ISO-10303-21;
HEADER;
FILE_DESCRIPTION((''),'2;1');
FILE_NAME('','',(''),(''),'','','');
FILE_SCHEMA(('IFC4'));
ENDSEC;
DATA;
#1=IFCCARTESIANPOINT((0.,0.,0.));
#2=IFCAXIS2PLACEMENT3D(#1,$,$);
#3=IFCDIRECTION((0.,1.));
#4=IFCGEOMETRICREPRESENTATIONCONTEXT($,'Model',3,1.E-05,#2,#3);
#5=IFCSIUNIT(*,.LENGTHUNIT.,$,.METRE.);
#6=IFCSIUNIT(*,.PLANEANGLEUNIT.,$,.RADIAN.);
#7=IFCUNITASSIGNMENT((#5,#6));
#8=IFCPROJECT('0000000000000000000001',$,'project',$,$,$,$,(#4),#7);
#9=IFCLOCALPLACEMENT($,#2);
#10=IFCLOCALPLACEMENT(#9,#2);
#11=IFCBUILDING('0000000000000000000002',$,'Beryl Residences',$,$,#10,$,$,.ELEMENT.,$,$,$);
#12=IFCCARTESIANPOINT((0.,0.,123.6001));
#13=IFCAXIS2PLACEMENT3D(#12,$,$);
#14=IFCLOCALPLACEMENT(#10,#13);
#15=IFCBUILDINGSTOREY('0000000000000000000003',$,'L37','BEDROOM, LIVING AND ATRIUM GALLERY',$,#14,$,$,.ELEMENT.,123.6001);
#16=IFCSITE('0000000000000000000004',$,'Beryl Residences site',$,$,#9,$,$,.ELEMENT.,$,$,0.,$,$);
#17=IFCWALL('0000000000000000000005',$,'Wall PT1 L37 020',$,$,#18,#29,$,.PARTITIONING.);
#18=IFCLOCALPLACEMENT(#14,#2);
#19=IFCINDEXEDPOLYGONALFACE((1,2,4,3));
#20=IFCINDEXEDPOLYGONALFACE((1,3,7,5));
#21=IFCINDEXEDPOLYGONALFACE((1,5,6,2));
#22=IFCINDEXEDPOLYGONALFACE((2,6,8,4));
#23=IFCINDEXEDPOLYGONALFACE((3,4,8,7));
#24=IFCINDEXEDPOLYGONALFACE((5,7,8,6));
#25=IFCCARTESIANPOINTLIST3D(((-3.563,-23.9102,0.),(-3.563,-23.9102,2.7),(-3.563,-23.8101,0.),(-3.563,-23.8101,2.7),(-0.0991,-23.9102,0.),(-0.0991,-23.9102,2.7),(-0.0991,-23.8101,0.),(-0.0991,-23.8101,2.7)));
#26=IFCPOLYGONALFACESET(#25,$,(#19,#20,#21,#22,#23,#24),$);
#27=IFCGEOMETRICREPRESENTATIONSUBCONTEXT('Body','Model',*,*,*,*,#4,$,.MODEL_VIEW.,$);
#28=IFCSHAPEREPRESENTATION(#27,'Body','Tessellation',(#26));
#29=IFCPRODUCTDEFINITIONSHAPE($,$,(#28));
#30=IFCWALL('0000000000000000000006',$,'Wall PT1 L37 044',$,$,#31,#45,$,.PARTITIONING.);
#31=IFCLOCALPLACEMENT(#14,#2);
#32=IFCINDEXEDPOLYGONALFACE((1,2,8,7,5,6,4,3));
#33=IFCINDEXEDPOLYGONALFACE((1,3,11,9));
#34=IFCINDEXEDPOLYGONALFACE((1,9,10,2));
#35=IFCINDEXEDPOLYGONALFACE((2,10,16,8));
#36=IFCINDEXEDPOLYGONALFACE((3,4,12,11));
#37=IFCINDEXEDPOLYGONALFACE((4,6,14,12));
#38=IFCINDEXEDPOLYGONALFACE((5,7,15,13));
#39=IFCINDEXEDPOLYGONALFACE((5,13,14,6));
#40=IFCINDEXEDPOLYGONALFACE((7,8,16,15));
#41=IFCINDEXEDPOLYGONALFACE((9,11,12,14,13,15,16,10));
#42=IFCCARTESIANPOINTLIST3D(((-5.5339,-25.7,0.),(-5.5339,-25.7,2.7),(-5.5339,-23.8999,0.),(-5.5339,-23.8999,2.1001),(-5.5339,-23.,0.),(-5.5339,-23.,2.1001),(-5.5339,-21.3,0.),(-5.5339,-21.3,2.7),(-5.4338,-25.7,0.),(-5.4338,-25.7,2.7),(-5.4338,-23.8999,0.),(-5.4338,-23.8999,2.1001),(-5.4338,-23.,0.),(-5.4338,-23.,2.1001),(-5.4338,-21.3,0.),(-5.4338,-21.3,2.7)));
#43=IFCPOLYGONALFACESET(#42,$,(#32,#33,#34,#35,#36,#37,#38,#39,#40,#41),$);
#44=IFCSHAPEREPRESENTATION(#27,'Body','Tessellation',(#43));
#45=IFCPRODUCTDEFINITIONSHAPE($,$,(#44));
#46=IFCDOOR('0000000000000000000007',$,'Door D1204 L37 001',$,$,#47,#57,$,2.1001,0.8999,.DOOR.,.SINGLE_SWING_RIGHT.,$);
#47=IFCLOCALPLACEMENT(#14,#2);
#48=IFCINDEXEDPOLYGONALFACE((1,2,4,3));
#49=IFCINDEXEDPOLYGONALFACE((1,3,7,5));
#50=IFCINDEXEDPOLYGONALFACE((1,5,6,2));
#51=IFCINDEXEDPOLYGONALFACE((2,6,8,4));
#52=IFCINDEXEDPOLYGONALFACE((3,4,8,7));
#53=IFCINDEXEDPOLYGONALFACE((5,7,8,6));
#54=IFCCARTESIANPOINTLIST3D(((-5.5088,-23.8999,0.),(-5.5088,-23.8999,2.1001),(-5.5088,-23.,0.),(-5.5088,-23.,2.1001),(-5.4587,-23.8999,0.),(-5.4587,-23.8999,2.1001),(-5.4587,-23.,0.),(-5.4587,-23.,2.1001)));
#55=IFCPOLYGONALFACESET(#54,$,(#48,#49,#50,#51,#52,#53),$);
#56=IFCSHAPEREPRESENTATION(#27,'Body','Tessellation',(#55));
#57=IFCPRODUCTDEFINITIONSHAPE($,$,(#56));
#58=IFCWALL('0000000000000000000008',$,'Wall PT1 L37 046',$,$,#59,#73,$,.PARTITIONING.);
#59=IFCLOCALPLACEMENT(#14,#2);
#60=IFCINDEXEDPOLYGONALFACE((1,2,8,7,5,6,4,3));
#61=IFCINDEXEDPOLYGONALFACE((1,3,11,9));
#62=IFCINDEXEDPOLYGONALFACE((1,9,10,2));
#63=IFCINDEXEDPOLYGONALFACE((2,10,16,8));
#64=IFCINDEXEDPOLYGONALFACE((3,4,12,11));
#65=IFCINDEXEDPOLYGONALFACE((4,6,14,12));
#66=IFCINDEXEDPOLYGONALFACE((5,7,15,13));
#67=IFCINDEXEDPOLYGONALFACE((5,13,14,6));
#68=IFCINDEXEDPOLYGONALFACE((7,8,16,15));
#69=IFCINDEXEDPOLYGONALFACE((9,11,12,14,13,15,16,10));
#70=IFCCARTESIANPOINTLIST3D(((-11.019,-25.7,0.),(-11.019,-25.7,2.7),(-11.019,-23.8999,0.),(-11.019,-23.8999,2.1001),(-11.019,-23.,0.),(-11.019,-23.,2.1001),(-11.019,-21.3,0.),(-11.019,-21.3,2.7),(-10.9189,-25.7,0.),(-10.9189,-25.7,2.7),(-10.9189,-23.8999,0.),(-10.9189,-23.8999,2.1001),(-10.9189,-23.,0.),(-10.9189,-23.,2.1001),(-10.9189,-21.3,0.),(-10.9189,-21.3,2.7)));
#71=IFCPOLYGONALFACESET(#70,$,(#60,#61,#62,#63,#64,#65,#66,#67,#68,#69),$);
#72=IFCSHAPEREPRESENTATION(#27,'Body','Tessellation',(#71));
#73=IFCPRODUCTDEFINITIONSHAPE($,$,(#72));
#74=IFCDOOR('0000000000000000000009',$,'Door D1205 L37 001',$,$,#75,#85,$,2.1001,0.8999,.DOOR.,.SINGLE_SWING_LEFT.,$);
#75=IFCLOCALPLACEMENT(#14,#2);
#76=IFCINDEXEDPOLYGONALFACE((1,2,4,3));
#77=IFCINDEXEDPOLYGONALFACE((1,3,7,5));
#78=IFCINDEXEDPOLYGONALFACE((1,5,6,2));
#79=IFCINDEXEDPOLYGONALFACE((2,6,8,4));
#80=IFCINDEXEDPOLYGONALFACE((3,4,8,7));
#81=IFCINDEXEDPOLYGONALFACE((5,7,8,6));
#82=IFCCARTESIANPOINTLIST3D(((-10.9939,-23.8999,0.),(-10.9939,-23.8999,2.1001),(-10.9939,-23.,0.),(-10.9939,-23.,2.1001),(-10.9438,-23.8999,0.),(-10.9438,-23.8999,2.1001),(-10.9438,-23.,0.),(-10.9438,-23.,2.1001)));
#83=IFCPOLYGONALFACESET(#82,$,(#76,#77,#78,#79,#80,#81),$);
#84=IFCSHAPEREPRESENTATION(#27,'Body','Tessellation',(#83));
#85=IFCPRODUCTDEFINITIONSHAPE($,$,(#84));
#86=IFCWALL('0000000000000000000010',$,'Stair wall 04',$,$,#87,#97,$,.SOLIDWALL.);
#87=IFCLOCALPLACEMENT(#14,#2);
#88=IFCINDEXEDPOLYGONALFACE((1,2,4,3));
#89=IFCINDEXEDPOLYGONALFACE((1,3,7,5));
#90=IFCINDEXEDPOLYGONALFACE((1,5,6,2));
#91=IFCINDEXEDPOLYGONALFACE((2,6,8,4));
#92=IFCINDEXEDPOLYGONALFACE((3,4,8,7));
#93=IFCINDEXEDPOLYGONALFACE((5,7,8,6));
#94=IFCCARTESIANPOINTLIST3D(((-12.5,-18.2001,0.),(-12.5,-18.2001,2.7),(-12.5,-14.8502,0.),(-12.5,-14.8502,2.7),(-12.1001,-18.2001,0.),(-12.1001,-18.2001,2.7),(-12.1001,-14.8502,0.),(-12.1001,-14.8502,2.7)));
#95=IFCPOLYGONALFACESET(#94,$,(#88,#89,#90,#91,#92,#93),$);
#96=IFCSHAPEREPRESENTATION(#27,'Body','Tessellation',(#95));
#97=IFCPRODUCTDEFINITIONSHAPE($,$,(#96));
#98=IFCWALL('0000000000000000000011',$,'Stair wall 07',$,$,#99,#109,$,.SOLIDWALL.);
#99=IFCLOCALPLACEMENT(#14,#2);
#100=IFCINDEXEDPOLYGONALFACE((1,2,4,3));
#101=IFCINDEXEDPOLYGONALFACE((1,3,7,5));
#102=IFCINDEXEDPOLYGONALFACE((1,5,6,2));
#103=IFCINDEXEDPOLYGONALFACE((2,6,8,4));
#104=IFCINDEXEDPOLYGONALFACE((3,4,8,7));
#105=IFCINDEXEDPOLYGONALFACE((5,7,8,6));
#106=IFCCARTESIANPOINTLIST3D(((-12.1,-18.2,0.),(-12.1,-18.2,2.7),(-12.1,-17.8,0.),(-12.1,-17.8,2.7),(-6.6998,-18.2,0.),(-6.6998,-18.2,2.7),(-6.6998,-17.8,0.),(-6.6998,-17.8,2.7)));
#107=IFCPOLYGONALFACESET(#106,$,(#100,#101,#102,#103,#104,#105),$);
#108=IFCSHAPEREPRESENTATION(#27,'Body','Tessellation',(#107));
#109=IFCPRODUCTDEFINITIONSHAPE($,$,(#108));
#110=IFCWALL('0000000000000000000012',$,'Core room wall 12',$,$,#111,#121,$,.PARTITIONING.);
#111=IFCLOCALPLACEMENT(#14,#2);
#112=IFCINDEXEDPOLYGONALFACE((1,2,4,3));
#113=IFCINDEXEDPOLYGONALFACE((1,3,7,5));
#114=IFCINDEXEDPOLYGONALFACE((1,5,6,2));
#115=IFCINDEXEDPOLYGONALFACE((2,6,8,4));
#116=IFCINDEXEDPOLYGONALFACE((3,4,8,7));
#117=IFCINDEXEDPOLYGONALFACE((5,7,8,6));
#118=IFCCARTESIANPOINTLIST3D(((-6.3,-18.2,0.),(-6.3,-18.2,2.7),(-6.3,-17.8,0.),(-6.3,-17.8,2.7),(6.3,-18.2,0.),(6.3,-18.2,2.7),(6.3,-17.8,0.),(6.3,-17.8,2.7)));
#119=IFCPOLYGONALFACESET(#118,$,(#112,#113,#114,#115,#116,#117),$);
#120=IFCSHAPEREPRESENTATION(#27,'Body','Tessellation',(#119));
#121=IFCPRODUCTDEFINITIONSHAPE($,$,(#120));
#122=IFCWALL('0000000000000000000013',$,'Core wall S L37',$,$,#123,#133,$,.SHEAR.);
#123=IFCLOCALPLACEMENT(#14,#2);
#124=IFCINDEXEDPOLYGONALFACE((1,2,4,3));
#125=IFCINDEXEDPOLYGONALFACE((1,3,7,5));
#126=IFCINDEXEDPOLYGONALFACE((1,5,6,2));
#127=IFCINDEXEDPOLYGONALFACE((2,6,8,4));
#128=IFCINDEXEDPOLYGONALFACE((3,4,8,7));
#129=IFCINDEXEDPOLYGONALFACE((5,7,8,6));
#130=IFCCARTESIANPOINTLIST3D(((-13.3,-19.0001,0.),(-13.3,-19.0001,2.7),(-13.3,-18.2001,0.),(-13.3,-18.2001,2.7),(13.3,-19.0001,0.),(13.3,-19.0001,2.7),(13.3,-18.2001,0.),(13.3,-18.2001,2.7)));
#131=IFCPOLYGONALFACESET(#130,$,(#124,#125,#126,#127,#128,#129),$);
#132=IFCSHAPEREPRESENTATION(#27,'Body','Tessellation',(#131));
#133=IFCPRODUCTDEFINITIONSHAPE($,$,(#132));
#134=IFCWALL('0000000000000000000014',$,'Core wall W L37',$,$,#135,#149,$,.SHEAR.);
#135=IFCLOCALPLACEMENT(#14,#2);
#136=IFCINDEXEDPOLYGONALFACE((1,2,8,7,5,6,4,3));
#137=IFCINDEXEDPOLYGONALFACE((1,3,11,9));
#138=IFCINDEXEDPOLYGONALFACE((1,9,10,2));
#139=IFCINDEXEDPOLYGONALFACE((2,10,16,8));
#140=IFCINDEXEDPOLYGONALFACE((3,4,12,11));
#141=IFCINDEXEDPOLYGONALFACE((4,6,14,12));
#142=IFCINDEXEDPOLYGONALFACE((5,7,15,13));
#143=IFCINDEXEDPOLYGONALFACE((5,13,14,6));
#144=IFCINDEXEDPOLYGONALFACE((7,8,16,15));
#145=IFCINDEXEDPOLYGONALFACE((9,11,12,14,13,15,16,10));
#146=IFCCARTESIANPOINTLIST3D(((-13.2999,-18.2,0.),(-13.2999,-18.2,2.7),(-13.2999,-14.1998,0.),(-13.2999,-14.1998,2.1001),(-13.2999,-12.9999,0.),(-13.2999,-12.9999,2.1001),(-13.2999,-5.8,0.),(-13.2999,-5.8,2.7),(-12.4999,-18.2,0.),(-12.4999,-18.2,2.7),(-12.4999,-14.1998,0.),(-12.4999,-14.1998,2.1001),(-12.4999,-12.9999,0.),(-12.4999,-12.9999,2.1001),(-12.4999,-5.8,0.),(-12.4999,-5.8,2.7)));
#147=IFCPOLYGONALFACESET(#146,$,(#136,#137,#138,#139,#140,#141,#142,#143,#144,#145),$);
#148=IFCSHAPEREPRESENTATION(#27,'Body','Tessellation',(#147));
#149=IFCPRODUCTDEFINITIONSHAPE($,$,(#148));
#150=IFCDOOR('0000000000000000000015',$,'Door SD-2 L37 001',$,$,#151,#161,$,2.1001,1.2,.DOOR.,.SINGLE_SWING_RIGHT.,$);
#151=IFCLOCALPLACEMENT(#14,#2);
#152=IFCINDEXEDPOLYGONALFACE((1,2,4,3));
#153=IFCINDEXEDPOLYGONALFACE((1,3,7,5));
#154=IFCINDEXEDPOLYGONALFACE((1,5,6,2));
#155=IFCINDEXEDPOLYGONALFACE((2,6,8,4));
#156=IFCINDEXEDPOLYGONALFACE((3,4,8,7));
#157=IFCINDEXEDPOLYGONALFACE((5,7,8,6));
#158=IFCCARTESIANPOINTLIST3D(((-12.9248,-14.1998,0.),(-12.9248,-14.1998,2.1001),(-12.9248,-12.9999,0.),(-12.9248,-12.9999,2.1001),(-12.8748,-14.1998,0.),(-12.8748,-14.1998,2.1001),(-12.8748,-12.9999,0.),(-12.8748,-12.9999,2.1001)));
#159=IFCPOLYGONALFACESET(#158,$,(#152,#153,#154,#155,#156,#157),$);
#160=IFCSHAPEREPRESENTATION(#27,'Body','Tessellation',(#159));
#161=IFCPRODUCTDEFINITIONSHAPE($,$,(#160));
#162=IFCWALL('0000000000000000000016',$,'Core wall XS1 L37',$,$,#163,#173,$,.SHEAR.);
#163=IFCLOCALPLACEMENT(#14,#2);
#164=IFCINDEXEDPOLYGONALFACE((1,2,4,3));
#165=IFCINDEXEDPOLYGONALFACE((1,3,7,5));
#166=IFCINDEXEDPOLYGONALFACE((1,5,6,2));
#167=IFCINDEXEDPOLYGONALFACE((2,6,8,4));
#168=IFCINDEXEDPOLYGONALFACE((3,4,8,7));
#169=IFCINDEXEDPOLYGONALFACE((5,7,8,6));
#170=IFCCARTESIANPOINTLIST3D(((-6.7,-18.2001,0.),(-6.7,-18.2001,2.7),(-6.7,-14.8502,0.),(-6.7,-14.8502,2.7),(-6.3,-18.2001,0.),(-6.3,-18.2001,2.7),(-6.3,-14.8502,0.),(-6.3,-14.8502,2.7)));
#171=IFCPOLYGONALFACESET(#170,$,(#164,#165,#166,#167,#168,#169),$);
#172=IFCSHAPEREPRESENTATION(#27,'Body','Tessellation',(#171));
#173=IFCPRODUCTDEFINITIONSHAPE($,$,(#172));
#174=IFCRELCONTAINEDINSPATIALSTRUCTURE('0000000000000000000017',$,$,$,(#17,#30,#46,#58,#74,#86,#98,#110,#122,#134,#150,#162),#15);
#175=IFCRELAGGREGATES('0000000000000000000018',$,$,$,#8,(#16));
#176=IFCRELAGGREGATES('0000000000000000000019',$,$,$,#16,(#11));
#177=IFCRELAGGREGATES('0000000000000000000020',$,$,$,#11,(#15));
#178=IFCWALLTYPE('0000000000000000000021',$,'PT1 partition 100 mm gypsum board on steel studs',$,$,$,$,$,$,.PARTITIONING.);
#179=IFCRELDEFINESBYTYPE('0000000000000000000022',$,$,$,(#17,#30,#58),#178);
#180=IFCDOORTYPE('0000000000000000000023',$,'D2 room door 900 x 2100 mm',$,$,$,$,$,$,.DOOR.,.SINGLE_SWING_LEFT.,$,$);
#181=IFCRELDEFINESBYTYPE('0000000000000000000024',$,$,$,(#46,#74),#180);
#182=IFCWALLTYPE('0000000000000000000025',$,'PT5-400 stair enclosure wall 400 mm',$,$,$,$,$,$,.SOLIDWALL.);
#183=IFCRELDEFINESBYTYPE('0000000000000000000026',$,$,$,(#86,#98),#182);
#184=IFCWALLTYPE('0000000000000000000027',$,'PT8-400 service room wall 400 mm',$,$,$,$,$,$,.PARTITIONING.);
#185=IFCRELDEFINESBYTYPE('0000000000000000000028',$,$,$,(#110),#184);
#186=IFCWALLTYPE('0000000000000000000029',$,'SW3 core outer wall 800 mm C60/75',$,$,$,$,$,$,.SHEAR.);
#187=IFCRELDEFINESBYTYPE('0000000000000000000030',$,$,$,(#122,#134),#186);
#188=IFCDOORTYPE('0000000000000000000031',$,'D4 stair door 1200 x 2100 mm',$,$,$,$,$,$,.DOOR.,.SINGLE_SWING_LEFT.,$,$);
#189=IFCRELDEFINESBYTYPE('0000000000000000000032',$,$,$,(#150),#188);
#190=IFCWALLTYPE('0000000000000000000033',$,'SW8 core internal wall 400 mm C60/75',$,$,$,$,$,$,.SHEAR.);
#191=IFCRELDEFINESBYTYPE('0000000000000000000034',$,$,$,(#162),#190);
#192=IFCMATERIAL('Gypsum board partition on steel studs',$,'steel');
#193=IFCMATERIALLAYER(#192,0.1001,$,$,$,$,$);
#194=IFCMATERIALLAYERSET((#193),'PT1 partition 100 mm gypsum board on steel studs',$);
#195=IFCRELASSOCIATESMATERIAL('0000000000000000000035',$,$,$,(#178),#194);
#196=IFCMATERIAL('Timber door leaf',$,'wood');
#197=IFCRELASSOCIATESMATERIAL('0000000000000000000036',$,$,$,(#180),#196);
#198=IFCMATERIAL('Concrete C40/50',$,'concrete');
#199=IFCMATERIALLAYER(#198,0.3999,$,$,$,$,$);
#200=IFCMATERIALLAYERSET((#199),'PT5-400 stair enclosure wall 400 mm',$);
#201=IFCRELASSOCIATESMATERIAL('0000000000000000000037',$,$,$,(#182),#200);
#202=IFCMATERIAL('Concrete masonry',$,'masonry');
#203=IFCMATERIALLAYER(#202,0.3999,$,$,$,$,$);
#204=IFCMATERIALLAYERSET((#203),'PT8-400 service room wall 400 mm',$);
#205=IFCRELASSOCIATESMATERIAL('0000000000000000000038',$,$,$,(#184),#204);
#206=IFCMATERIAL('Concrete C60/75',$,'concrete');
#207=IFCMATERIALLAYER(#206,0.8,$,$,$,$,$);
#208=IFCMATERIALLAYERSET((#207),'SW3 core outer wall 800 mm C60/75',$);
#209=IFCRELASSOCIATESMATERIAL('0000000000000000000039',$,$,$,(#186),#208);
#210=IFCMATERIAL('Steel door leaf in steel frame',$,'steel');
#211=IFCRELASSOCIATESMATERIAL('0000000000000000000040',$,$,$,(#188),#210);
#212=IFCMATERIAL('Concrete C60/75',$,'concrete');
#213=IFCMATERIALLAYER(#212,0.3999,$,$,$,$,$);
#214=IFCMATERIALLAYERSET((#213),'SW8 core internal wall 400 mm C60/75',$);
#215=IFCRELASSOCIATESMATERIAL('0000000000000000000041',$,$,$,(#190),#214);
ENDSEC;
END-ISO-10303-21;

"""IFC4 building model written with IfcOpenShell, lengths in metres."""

from ifc_helpers import new_model, si_unit, direction, frame, frame_2d, origin, place, context, subcontext, project, spatial, rectangle, extrude, material, layer, layer_set, type_object, element, fill, save


model = new_model("IFC4")

# Units and contexts
model_context = context("Model", 3, precision=1e-05, world=origin(), true_north=direction((0.0, 1.0)))
body_context = subcontext(model_context, "Body", "Model", "MODEL_VIEW")
ifc_project = project(units=[si_unit("LENGTHUNIT", "METRE"), si_unit("PLANEANGLEUNIT", "RADIAN")], contexts=[model_context])

# Site, building, storey
site_placement = place(None, origin())
site = spatial("IfcSite", under=ifc_project, at=site_placement, Name="Beryl Residences site", CompositionType="ELEMENT", RefElevation=0.0)
building_placement = place(site_placement, origin())
building = spatial("IfcBuilding", under=site, at=building_placement, Name="Beryl Residences", CompositionType="ELEMENT")
storey_placement = place(building_placement, frame((0.0, 0.0, 123.6001)))
storey = spatial("IfcBuildingStorey", under=building, at=storey_placement, Name="L37", Description="BEDROOM, LIVING AND ATRIUM GALLERY", CompositionType="ELEMENT", Elevation=123.6001)

# Shared definitions
ifc_material_1 = material(Name="Gypsum board partition on steel studs", Category="steel")
ifc_layer_1 = layer(ifc_material_1, 0.1001)
ifc_layer_set_1 = layer_set([ifc_layer_1], Name="PT1 partition 100 mm gypsum board on steel studs")
wall_type_1 = type_object("IfcWallType", Name="PT1 partition 100 mm gypsum board on steel studs", PredefinedType="PARTITIONING", material=ifc_layer_set_1)
ifc_material_2 = material(Name="Timber door leaf", Category="wood")
door_type_1 = type_object("IfcDoorType", Name="D2 room door 900 x 2100 mm", OperationType="SINGLE_SWING_LEFT", PredefinedType="DOOR", material=ifc_material_2)

# Wall
wall_1_placement = place(storey_placement, frame((-3.563, -23.8601, 0.0), z_axis=(0.0, 0.0, 1.0), x_axis=(1.0, 0.0, 0.0)))
element("IfcWall", 1, at=wall_1_placement, inside=storey, type_object=wall_type_1, Name="Wall PT1 L37 020", PredefinedType="PARTITIONING", context=body_context, shape_type="SweptSolid", body=[
    extrude(rectangle(XDim=3.4639, YDim=0.1001, at=frame_2d((1.7319, 0.0))), origin(), (0.0, 0.0, 1.0), 2.7),
])

# Walls, openings, doors
wall_2_placement = place(storey_placement, frame((-5.4839, -25.7, 0.0), z_axis=(0.0, 0.0, 1.0), x_axis=(0.0, 1.0, 0.0)))
wall_2 = element("IfcWall", 2, at=wall_2_placement, inside=storey, type_object=wall_type_1, Name="Wall PT1 L37 044", PredefinedType="PARTITIONING", context=body_context, shape_type="SweptSolid", body=[
    extrude(rectangle(XDim=4.3999, YDim=0.1001, at=frame_2d((2.2, 0.0))), origin(), (0.0, 0.0, 1.0), 2.7),
])
opening_1_placement = place(wall_2_placement, frame((1.8, 0.0, 0.0)))
opening_1 = element("IfcOpeningElement", 3, at=opening_1_placement, cuts=wall_2, PredefinedType="OPENING", context=body_context, shape_type="SweptSolid", body=[
    extrude(rectangle(XDim=0.8999, YDim=2.1001, at=frame_2d((0.45, 1.05))), frame((0.0, 0.0601, 0.0), z_axis=(0.0, -1.0, 0.0), x_axis=(1.0, 0.0, 0.0)), (0.0, 0.0, 1.0), 0.1201),
])
door_1_placement = place(opening_1_placement, origin())
door_1 = element("IfcDoor", 4, at=door_1_placement, inside=storey, type_object=door_type_1, Name="Door D1204 L37 001", OperationType="SINGLE_SWING_RIGHT", OverallHeight=2.1001, OverallWidth=0.8999, PredefinedType="DOOR", context=body_context, shape_type="SweptSolid", body=[
    extrude(rectangle(XDim=0.8999, YDim=2.1001, at=frame_2d((0.45, 1.05))), frame((0.0, 0.0249, 0.0), z_axis=(0.0, -1.0, 0.0), x_axis=(1.0, 0.0, 0.0)), (0.0, 0.0, 1.0), 0.05),
])
fill(opening_1, door_1)
wall_3_placement = place(storey_placement, frame((-10.969, -25.7, 0.0), z_axis=(0.0, 0.0, 1.0), x_axis=(0.0, 1.0, 0.0)))
wall_3 = element("IfcWall", 5, at=wall_3_placement, inside=storey, type_object=wall_type_1, Name="Wall PT1 L37 046", PredefinedType="PARTITIONING", context=body_context, shape_type="SweptSolid", body=[
    extrude(rectangle(XDim=4.3999, YDim=0.1001, at=frame_2d((2.2, 0.0))), origin(), (0.0, 0.0, 1.0), 2.7),
])
opening_2_placement = place(wall_3_placement, frame((1.8, 0.0, 0.0)))
opening_2 = element("IfcOpeningElement", 6, at=opening_2_placement, cuts=wall_3, PredefinedType="OPENING", context=body_context, shape_type="SweptSolid", body=[
    extrude(rectangle(XDim=0.8999, YDim=2.1001, at=frame_2d((0.45, 1.05))), frame((0.0, 0.0601, 0.0), z_axis=(0.0, -1.0, 0.0), x_axis=(1.0, 0.0, 0.0)), (0.0, 0.0, 1.0), 0.1201),
])
door_2_placement = place(opening_2_placement, origin())
door_2 = element("IfcDoor", 7, at=door_2_placement, inside=storey, type_object=door_type_1, Name="Door D1205 L37 001", OperationType="SINGLE_SWING_LEFT", OverallHeight=2.1001, OverallWidth=0.8999, PredefinedType="DOOR", context=body_context, shape_type="SweptSolid", body=[
    extrude(rectangle(XDim=0.8999, YDim=2.1001, at=frame_2d((0.45, 1.05))), frame((0.0, 0.0249, 0.0), z_axis=(0.0, -1.0, 0.0), x_axis=(1.0, 0.0, 0.0)), (0.0, 0.0, 1.0), 0.05),
])
fill(opening_2, door_2)

# Walls
ifc_material_3 = material(Name="Concrete C40/50", Category="concrete")
ifc_layer_2 = layer(ifc_material_3, 0.3999)
ifc_layer_set_2 = layer_set([ifc_layer_2], Name="PT5-400 stair enclosure wall 400 mm")
wall_type_2 = type_object("IfcWallType", Name="PT5-400 stair enclosure wall 400 mm", PredefinedType="SOLIDWALL", material=ifc_layer_set_2)
wall_4_placement = place(storey_placement, frame((-12.3, -18.2, 0.0), z_axis=(0.0, 0.0, 1.0), x_axis=(0.0, 1.0, 0.0)))
element("IfcWall", 8, at=wall_4_placement, inside=storey, type_object=wall_type_2, Name="Stair wall 04", PredefinedType="SOLIDWALL", context=body_context, shape_type="SweptSolid", body=[
    extrude(rectangle(XDim=3.3499, YDim=0.3999, at=frame_2d((1.6748, 0.0))), origin(), (0.0, 0.0, 1.0), 2.7),
])
wall_5_placement = place(storey_placement, frame((-12.1001, -18.0, 0.0), z_axis=(0.0, 0.0, 1.0), x_axis=(1.0, 0.0, 0.0)))
element("IfcWall", 9, at=wall_5_placement, inside=storey, type_object=wall_type_2, Name="Stair wall 07", PredefinedType="SOLIDWALL", context=body_context, shape_type="SweptSolid", body=[
    extrude(rectangle(XDim=5.4001, YDim=0.3999, at=frame_2d((2.7002, 0.0))), origin(), (0.0, 0.0, 1.0), 2.7),
])
ifc_material_4 = material(Name="Concrete masonry", Category="masonry")
ifc_layer_3 = layer(ifc_material_4, 0.3999)
ifc_layer_set_3 = layer_set([ifc_layer_3], Name="PT8-400 service room wall 400 mm")
wall_type_3 = type_object("IfcWallType", Name="PT8-400 service room wall 400 mm", PredefinedType="PARTITIONING", material=ifc_layer_set_3)
wall_6_placement = place(storey_placement, frame((-6.3, -18.0, 0.0), z_axis=(0.0, 0.0, 1.0), x_axis=(1.0, 0.0, 0.0)))
element("IfcWall", 10, at=wall_6_placement, inside=storey, type_object=wall_type_3, Name="Core room wall 12", PredefinedType="PARTITIONING", context=body_context, shape_type="SweptSolid", body=[
    extrude(rectangle(XDim=12.6001, YDim=0.3999, at=frame_2d((6.3, 0.0))), origin(), (0.0, 0.0, 1.0), 2.7),
])
ifc_material_5 = material(Name="Concrete C60/75", Category="concrete")
ifc_layer_4 = layer(ifc_material_5, 0.8)
ifc_layer_set_4 = layer_set([ifc_layer_4], Name="SW3 core outer wall 800 mm C60/75")
wall_type_4 = type_object("IfcWallType", Name="SW3 core outer wall 800 mm C60/75", PredefinedType="SHEAR", material=ifc_layer_set_4)
wall_7_placement = place(storey_placement, frame((-13.3, -18.6001, 0.0), z_axis=(0.0, 0.0, 1.0), x_axis=(1.0, 0.0, 0.0)))
element("IfcWall", 11, at=wall_7_placement, inside=storey, type_object=wall_type_4, Name="Core wall S L37", PredefinedType="SHEAR", context=body_context, shape_type="SweptSolid", body=[
    extrude(rectangle(XDim=26.6001, YDim=0.8, at=frame_2d((13.3, 0.0))), origin(), (0.0, 0.0, 1.0), 2.7),
])

# Wall, opening, door
wall_8_placement = place(storey_placement, frame((-12.8999, -18.2, 0.0), z_axis=(0.0, 0.0, 1.0), x_axis=(0.0, 1.0, 0.0)))
wall_8 = element("IfcWall", 12, at=wall_8_placement, inside=storey, type_object=wall_type_4, Name="Core wall W L37", PredefinedType="SHEAR", context=body_context, shape_type="SweptSolid", body=[
    extrude(rectangle(XDim=12.3999, YDim=0.8, at=frame_2d((6.2, 0.0))), origin(), (0.0, 0.0, 1.0), 2.7),
])
opening_3_placement = place(wall_8_placement, frame((4.0, 0.0, 0.0)))
opening_3 = element("IfcOpeningElement", 13, at=opening_3_placement, cuts=wall_8, PredefinedType="OPENING", context=body_context, shape_type="SweptSolid", body=[
    extrude(rectangle(XDim=1.2, YDim=2.1001, at=frame_2d((0.6001, 1.05))), frame((0.0, 0.4099, 0.0), z_axis=(0.0, -1.0, 0.0), x_axis=(1.0, 0.0, 0.0)), (0.0, 0.0, 1.0), 0.8201),
])
ifc_material_6 = material(Name="Steel door leaf in steel frame", Category="steel")
door_type_2 = type_object("IfcDoorType", Name="D4 stair door 1200 x 2100 mm", OperationType="SINGLE_SWING_LEFT", PredefinedType="DOOR", material=ifc_material_6)
door_3_placement = place(opening_3_placement, origin())
door_3 = element("IfcDoor", 14, at=door_3_placement, inside=storey, type_object=door_type_2, Name="Door SD-2 L37 001", OperationType="SINGLE_SWING_RIGHT", OverallHeight=2.1001, OverallWidth=1.2, PredefinedType="DOOR", context=body_context, shape_type="SweptSolid", body=[
    extrude(rectangle(XDim=1.2, YDim=2.1001, at=frame_2d((0.6001, 1.05))), frame((0.0, 0.0249, 0.0), z_axis=(0.0, -1.0, 0.0), x_axis=(1.0, 0.0, 0.0)), (0.0, 0.0, 1.0), 0.05),
])
fill(opening_3, door_3)

# Wall
ifc_material_7 = material(Name="Concrete C60/75", Category="concrete")
ifc_layer_5 = layer(ifc_material_7, 0.3999)
ifc_layer_set_5 = layer_set([ifc_layer_5], Name="SW8 core internal wall 400 mm C60/75")
wall_type_5 = type_object("IfcWallType", Name="SW8 core internal wall 400 mm C60/75", PredefinedType="SHEAR", material=ifc_layer_set_5)
wall_9_placement = place(storey_placement, frame((-6.5, -18.2, 0.0), z_axis=(0.0, 0.0, 1.0), x_axis=(0.0, 1.0, 0.0)))
element("IfcWall", 15, at=wall_9_placement, inside=storey, type_object=wall_type_5, Name="Core wall XS1 L37", PredefinedType="SHEAR", context=body_context, shape_type="SweptSolid", body=[
    extrude(rectangle(XDim=3.3499, YDim=0.3999, at=frame_2d((1.6748, 0.0))), origin(), (0.0, 0.0, 1.0), 2.7),
])

save(model, "model.ifc")
